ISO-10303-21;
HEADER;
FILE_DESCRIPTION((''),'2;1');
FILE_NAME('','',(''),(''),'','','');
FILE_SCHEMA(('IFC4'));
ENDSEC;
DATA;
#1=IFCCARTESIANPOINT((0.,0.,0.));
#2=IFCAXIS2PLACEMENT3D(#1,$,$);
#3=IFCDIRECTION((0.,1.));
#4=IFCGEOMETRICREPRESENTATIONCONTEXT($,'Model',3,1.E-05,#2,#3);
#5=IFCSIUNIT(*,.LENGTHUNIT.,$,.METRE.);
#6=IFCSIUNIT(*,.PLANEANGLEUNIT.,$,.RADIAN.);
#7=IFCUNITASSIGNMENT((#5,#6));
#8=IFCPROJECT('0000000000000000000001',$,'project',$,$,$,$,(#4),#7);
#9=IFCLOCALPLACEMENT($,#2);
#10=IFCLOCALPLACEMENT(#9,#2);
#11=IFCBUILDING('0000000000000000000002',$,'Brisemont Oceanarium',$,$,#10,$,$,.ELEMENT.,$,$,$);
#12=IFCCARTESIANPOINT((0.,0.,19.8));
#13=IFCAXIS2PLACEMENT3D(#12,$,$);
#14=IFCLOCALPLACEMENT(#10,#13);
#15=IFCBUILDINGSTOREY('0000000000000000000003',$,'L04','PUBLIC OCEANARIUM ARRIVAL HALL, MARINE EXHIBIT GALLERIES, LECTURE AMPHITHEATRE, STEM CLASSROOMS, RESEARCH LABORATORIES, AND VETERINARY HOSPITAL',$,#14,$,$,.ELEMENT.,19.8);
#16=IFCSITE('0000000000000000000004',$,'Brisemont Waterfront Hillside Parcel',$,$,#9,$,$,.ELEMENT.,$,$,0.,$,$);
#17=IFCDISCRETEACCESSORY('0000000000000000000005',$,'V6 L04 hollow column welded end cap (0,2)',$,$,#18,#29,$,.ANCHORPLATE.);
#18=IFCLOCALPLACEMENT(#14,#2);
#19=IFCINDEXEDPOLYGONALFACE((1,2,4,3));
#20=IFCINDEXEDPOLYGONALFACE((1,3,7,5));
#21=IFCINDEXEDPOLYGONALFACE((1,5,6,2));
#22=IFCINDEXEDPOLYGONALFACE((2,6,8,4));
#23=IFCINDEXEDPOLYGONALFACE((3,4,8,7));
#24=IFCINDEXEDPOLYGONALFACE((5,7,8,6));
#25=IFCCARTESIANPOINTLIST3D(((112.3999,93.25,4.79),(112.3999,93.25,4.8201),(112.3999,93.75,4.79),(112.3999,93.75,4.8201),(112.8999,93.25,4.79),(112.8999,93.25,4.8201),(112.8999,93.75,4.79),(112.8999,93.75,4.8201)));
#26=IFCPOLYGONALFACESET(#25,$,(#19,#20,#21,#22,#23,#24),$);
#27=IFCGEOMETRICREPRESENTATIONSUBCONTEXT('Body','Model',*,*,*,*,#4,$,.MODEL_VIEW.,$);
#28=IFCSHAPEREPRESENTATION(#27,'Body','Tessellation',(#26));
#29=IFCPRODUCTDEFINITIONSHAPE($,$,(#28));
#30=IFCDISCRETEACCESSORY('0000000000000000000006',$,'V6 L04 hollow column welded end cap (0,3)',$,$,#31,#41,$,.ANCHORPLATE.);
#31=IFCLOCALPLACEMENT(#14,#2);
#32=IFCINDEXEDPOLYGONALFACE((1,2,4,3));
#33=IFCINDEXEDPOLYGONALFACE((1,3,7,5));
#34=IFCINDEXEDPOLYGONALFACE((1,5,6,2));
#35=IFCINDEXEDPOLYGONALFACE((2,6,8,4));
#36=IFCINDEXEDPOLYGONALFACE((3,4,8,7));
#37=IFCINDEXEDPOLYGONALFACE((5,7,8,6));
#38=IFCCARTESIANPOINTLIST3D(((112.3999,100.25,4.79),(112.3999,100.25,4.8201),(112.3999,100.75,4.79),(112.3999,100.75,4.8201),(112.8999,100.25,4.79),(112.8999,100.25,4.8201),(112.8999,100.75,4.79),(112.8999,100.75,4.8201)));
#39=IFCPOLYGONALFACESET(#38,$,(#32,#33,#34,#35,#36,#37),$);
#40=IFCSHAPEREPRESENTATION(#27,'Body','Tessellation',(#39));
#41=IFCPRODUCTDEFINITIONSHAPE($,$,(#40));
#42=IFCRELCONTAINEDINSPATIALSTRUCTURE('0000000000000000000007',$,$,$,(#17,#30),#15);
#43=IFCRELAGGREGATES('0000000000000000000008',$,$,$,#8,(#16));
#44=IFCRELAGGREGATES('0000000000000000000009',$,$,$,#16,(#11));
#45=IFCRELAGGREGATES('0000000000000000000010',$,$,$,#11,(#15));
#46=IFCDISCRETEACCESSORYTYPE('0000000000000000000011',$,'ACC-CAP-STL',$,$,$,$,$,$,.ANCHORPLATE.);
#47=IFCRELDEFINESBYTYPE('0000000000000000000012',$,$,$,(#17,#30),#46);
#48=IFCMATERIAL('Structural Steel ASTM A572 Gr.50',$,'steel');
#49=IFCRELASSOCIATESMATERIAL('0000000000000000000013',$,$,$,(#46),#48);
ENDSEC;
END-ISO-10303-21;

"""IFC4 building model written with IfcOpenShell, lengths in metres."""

from ifc_helpers import new_model, si_unit, direction, frame, origin, origin_2d, place, context, subcontext, project, spatial, rectangle, extrude, material, type_object, element, save


model = new_model("IFC4")

# Units and contexts
model_context = context("Model", 3, precision=1e-05, world=origin(), true_north=direction((0.0, 1.0)))
body_context = subcontext(model_context, "Body", "Model", "MODEL_VIEW")
ifc_project = project(units=[si_unit("LENGTHUNIT", "METRE"), si_unit("PLANEANGLEUNIT", "RADIAN")], contexts=[model_context])

# Site, building, storey
site_placement = place(None, origin())
site = spatial("IfcSite", under=ifc_project, at=site_placement, Name="Brisemont Waterfront Hillside Parcel", CompositionType="ELEMENT", RefElevation=0.0)
building_placement = place(site_placement, origin())
building = spatial("IfcBuilding", under=site, at=building_placement, Name="Brisemont Oceanarium", CompositionType="ELEMENT")
storey_placement = place(building_placement, frame((0.0, 0.0, 19.8)))
storey = spatial("IfcBuildingStorey", under=building, at=storey_placement, Name="L04", Description="PUBLIC OCEANARIUM ARRIVAL HALL, MARINE EXHIBIT GALLERIES, LECTURE AMPHITHEATRE, STEM CLASSROOMS, RESEARCH LABORATORIES, AND VETERINARY HOSPITAL", CompositionType="ELEMENT", Elevation=19.8)

# Discrete accessories
ifc_material_1 = material(Name="Structural Steel ASTM A572 Gr.50", Category="steel")
discrete_accessory_type = type_object("IfcDiscreteAccessoryType", Name="ACC-CAP-STL", PredefinedType="ANCHORPLATE", material=ifc_material_1)
for number, where, z_axis, x_axis, name in (
    (1, (112.6499, 93.5, 4.79), (0.0, 0.0, 1.0), (1.0, 0.0, 0.0), "V6 L04 hollow column welded end cap (0,2)"),
    (2, (112.6499, 100.5, 4.79), (0.0, 0.0, 1.0), (1.0, 0.0, 0.0), "V6 L04 hollow column welded end cap (0,3)"),
):
    element("IfcDiscreteAccessory", number, at=place(storey_placement, frame(where, z_axis=z_axis, x_axis=x_axis)), inside=storey, type_object=discrete_accessory_type, Name=name, PredefinedType="ANCHORPLATE", context=body_context, shape_type="SweptSolid", body=[
        extrude(rectangle(XDim=0.5, YDim=0.5, at=origin_2d()), origin(), (0.0, 0.0, 1.0), 0.03),
    ])

save(model, "model.ifc")
